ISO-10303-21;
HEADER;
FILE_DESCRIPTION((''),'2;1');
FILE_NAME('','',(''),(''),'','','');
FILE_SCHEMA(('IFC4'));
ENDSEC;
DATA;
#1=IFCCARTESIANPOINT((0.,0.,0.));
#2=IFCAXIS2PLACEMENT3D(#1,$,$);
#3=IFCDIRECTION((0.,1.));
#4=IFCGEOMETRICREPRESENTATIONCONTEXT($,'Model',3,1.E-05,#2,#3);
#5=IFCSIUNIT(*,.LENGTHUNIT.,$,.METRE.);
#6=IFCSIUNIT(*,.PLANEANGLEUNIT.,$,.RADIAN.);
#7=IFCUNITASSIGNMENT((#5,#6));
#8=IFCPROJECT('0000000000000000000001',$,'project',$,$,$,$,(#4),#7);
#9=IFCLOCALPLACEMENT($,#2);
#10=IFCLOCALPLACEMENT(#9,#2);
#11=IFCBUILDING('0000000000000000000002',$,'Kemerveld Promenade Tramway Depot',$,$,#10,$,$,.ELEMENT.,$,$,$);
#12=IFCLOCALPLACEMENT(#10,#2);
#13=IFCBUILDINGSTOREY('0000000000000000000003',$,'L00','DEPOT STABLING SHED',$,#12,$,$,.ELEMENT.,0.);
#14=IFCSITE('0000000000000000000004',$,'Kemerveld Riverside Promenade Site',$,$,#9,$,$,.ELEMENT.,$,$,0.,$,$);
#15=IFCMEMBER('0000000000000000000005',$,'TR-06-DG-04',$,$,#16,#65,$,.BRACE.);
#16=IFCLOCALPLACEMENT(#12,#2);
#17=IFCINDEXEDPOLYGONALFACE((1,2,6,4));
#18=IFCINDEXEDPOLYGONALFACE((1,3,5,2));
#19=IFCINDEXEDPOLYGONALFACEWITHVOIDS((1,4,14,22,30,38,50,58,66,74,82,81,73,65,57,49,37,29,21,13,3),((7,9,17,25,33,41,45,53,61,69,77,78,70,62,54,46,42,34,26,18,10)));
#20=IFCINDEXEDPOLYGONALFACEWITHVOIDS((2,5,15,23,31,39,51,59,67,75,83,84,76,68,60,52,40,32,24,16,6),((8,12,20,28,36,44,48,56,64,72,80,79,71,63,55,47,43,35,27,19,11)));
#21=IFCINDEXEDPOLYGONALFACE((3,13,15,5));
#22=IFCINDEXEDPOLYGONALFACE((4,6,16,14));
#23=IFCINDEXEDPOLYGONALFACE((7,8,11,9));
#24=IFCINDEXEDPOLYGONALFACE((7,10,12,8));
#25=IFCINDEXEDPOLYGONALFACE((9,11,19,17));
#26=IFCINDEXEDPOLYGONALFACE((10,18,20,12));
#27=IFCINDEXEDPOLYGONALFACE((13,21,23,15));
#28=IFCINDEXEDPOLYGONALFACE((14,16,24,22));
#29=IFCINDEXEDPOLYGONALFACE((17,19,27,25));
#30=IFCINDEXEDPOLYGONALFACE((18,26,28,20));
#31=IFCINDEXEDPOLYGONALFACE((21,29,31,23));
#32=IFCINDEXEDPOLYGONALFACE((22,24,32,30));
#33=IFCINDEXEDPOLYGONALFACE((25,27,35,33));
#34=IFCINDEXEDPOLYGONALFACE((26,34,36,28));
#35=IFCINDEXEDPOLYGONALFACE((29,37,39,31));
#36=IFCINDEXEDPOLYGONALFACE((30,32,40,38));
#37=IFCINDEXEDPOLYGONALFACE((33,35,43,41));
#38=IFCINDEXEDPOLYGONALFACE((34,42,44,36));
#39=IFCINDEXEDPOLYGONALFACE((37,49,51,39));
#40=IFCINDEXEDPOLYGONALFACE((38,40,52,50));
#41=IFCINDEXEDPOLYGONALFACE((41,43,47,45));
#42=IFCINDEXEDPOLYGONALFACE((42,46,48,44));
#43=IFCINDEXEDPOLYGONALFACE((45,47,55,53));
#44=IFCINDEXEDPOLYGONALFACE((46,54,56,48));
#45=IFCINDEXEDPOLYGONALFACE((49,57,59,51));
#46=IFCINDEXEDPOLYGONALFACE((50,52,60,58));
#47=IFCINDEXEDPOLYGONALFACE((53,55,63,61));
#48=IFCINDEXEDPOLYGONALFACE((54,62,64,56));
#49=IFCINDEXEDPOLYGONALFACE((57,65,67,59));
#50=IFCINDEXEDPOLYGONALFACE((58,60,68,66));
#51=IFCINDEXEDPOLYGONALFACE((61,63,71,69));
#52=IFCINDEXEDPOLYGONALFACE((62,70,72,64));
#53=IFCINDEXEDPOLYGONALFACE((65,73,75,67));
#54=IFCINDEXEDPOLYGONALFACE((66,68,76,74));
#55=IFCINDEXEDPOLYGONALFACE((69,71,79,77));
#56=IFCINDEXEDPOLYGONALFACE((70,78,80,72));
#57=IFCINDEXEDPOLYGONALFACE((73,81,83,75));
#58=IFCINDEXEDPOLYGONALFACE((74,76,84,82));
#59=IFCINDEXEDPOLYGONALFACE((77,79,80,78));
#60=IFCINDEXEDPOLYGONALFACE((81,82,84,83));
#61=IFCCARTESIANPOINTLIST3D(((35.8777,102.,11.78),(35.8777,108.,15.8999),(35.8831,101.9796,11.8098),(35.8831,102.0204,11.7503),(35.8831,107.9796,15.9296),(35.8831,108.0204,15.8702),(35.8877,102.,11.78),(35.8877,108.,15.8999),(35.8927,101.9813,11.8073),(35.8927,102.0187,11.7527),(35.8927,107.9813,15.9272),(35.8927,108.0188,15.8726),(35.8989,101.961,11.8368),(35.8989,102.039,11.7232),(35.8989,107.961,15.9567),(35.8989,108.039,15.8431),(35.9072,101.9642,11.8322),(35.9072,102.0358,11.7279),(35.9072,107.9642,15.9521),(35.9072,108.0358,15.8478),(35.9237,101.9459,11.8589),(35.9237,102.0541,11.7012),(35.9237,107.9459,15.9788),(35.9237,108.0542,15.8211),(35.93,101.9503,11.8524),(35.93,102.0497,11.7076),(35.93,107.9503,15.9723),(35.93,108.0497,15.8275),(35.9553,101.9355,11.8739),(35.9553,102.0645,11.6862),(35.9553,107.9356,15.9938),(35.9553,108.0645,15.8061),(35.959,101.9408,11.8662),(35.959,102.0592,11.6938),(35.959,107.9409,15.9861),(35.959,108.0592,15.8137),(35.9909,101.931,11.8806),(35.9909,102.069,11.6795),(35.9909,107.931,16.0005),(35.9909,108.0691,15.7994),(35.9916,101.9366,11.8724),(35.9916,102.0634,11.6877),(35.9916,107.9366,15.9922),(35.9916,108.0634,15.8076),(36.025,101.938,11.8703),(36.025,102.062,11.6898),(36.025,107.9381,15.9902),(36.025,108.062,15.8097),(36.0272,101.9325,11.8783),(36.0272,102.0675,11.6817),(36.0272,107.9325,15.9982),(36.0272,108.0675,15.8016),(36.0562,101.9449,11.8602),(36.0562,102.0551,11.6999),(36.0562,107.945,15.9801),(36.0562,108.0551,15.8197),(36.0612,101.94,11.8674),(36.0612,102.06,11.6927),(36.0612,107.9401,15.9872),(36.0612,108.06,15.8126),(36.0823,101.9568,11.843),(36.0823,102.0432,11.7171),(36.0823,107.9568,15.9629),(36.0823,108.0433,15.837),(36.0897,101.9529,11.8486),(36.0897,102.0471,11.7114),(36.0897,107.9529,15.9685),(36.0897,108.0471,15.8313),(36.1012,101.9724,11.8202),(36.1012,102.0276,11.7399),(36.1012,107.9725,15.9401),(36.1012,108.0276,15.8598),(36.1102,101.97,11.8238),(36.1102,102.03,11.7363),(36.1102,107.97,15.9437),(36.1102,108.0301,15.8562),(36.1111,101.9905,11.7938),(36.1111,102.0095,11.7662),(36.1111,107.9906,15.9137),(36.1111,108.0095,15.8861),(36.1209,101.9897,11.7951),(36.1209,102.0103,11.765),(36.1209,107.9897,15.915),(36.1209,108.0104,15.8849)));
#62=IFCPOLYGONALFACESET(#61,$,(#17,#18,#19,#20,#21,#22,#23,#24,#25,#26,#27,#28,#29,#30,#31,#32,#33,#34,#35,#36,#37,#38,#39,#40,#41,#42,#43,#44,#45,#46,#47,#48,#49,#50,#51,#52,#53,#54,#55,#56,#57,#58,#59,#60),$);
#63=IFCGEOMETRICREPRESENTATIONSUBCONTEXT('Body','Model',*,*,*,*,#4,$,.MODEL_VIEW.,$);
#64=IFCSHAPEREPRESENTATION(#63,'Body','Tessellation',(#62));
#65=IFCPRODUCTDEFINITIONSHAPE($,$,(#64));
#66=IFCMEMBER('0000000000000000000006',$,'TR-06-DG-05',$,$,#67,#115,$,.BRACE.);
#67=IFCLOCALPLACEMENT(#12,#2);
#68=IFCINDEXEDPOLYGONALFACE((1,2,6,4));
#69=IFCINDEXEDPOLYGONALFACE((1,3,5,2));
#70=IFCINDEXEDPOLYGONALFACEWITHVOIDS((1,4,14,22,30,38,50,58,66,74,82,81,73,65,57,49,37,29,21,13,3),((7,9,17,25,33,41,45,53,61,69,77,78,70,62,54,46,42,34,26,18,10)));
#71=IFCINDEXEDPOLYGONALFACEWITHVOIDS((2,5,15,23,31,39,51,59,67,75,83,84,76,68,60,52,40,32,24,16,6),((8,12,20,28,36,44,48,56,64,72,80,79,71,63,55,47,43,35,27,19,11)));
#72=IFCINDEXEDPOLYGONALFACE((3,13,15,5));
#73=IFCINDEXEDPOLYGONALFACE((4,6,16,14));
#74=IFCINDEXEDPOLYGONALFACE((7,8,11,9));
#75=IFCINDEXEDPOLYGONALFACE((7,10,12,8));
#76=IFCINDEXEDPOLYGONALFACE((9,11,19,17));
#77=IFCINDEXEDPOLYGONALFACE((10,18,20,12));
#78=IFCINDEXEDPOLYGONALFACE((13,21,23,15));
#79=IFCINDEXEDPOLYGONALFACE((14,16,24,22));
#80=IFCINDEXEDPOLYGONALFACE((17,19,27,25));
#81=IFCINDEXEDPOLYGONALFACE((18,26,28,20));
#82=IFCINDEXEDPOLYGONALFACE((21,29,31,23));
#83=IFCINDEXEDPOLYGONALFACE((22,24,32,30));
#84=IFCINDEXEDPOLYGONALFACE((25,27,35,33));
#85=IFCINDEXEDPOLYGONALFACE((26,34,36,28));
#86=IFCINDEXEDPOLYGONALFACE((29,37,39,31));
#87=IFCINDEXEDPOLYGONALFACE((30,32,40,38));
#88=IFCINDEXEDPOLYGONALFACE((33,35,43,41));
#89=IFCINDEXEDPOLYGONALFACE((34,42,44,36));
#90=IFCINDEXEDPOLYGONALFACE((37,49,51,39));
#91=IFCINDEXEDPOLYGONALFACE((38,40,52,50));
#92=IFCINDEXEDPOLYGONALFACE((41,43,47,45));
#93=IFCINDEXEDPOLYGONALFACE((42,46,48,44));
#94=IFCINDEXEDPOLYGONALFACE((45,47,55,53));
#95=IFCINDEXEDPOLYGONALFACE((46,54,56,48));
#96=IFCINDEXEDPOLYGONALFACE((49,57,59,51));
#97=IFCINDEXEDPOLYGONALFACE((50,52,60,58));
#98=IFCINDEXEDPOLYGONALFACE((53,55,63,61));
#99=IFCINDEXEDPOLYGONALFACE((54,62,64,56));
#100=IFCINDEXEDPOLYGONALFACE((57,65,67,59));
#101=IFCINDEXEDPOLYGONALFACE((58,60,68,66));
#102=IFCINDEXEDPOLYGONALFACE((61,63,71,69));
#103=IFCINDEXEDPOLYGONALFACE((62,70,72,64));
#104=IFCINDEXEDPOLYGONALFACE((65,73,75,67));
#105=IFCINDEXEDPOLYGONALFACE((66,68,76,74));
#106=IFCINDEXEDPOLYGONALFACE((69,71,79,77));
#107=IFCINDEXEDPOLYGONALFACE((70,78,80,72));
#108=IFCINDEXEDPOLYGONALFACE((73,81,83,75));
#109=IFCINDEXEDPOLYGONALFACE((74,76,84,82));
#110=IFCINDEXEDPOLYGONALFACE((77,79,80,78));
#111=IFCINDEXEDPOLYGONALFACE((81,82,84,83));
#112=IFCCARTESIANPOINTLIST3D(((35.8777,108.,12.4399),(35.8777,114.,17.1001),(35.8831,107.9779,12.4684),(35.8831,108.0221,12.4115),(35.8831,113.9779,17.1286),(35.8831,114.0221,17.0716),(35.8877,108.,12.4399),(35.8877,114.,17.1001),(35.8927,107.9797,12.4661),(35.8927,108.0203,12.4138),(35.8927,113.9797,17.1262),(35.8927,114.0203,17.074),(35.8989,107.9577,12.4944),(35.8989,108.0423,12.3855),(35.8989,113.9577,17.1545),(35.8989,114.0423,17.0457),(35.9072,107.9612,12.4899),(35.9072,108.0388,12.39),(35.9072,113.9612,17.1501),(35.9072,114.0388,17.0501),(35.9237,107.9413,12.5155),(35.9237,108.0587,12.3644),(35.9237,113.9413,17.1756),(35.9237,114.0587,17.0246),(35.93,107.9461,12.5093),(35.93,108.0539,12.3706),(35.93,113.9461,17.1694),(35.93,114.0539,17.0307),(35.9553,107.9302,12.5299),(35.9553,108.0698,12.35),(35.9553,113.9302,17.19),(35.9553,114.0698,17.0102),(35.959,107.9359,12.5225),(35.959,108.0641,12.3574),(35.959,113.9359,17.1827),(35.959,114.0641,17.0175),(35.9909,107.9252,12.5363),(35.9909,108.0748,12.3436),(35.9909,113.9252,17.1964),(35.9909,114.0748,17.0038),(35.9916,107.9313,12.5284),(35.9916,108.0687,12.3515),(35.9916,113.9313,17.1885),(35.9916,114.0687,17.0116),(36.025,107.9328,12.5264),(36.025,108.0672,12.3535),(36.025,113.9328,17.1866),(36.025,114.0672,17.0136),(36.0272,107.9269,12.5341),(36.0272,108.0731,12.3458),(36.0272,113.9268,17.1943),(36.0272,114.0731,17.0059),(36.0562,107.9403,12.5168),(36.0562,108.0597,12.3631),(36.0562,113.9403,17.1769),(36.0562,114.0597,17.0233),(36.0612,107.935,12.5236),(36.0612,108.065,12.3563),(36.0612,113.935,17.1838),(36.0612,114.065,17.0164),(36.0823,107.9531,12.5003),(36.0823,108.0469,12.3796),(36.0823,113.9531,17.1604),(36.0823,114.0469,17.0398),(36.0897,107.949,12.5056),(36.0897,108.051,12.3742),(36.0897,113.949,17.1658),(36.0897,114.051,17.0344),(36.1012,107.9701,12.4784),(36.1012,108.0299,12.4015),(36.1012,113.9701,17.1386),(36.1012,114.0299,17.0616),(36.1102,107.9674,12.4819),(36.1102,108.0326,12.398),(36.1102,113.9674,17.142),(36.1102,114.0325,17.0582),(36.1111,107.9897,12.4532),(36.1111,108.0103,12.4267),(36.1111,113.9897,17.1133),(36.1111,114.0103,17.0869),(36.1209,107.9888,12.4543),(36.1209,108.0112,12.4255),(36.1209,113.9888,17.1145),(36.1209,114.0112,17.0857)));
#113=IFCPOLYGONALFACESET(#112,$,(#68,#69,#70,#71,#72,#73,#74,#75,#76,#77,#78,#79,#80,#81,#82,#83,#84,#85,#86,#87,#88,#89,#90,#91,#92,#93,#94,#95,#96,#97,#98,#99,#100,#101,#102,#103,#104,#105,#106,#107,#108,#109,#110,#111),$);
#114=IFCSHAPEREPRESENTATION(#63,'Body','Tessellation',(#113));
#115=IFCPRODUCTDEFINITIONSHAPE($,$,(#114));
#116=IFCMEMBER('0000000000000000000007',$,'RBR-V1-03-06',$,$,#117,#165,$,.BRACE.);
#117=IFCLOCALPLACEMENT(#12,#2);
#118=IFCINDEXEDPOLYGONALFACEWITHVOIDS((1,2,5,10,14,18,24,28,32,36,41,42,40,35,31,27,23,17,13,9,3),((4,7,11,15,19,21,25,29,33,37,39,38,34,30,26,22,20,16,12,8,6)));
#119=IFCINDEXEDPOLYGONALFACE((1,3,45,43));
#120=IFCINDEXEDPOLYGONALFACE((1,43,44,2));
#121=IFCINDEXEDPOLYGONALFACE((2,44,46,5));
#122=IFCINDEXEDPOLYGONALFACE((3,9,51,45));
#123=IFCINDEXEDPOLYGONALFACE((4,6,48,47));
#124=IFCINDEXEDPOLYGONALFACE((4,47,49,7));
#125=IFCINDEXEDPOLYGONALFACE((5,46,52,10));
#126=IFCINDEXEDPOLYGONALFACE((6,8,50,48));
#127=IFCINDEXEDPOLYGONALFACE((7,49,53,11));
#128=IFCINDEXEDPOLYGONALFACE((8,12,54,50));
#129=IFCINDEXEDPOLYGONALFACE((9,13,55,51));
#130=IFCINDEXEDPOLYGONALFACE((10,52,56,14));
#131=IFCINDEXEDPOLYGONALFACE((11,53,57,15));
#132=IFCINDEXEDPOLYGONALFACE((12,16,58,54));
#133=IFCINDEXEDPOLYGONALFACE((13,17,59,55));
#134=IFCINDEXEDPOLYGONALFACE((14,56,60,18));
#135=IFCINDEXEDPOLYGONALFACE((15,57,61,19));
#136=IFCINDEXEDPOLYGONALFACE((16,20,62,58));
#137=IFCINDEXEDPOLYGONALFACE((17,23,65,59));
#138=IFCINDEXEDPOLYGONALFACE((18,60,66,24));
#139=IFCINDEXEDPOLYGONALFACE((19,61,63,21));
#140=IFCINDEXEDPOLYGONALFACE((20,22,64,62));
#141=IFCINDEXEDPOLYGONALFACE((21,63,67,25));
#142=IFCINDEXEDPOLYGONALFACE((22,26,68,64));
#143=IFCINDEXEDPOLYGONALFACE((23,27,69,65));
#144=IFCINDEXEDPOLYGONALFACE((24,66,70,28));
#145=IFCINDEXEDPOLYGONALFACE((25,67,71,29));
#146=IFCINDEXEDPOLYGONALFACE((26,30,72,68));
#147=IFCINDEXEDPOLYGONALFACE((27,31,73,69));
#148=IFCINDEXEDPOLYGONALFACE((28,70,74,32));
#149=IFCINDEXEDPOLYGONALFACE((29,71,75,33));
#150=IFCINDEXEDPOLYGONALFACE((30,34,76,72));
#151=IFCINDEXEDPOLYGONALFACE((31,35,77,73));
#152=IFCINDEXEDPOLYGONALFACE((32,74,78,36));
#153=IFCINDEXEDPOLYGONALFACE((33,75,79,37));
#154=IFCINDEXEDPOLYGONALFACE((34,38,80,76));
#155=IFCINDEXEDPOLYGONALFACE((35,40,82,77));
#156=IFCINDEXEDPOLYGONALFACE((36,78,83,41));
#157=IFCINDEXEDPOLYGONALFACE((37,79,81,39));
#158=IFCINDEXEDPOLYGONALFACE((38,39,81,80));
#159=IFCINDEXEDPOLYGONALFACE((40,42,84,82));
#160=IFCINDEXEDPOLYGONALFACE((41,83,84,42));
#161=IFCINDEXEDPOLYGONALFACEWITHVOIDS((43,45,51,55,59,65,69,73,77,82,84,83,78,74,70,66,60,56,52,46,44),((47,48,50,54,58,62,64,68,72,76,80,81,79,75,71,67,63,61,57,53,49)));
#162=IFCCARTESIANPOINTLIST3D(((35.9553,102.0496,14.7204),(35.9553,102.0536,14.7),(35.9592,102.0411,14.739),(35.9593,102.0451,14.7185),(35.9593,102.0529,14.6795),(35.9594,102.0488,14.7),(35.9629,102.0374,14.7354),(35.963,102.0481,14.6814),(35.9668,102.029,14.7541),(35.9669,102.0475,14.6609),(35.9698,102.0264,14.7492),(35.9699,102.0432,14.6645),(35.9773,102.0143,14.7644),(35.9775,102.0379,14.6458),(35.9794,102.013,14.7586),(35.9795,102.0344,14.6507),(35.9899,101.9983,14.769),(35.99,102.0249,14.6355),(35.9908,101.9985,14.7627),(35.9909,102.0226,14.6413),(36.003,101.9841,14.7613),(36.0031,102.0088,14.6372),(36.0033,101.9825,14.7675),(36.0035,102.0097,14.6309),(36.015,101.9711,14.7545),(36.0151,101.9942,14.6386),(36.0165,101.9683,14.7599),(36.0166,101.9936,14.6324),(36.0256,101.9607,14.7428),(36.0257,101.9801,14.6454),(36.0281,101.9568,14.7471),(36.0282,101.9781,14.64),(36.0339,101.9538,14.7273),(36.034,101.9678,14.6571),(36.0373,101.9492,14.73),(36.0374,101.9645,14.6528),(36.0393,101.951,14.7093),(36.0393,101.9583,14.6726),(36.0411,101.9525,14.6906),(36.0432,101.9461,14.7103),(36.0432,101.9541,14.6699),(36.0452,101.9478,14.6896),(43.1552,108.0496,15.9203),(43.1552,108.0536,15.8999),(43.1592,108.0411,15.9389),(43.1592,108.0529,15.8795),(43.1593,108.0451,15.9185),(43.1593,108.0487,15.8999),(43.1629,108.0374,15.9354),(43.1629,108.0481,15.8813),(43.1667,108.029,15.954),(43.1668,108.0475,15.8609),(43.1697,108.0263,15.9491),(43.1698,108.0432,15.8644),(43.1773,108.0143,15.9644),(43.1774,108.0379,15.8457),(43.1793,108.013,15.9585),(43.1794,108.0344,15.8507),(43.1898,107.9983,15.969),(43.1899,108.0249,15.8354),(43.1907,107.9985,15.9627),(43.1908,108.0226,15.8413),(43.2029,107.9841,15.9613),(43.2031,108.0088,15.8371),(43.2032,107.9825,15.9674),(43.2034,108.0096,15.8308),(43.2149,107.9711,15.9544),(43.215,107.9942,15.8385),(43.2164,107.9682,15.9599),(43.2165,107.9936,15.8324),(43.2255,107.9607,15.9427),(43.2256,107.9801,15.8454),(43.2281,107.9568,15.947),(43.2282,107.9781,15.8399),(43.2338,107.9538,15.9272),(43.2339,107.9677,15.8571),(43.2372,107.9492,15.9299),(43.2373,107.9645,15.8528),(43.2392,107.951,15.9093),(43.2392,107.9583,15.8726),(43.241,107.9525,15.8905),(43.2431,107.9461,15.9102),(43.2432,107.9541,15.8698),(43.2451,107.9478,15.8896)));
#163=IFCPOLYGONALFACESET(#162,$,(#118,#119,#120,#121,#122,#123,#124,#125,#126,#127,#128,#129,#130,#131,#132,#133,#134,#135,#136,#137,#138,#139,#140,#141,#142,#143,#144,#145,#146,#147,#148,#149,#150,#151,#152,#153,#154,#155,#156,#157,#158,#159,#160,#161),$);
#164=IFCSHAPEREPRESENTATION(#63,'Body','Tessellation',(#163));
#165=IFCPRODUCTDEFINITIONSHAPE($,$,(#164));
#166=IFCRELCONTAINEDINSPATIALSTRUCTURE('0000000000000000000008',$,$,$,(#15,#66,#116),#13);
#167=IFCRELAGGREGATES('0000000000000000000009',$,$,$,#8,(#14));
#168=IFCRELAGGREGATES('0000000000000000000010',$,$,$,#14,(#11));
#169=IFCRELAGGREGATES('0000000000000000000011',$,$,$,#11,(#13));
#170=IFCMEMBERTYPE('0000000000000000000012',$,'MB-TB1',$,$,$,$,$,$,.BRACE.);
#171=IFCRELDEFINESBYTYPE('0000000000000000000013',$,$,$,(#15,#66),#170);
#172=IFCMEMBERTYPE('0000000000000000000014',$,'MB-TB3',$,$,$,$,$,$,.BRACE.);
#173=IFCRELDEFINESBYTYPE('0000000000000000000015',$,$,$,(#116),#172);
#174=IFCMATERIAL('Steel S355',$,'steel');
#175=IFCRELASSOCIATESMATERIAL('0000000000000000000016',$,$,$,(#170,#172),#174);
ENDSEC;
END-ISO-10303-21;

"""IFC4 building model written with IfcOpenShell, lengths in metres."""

from ifc_helpers import new_model, si_unit, direction, frame, origin, origin_2d, place, context, subcontext, project, spatial, hollow_circle, extrude, material, material_profile, profile_set, type_object, element, save


model = new_model("IFC4")

# Units and contexts
model_context = context("Model", 3, precision=1e-05, world=origin(), true_north=direction((0.0, 1.0)))
body_context = subcontext(model_context, "Body", "Model", "MODEL_VIEW")
ifc_project = project(units=[si_unit("LENGTHUNIT", "METRE"), si_unit("PLANEANGLEUNIT", "RADIAN")], contexts=[model_context])

# Site, building, storey
site_placement = place(None, origin())
site = spatial("IfcSite", under=ifc_project, at=site_placement, Name="Kemerveld Riverside Promenade Site", CompositionType="ELEMENT", RefElevation=0.0)
building_placement = place(site_placement, origin())
building = spatial("IfcBuilding", under=site, at=building_placement, Name="Kemerveld Promenade Tramway Depot", CompositionType="ELEMENT")
storey_placement = place(building_placement, origin())
storey = spatial("IfcBuildingStorey", under=building, at=storey_placement, Name="L00", Description="DEPOT STABLING SHED", CompositionType="ELEMENT", Elevation=0.0)

# Shared definitions
ifc_material_1 = material(Name="Steel S355", Category="steel")

# Members
ifc_material_profile_1 = material_profile(ifc_material_1, hollow_circle(Radius=0.1223, WallThickness=0.01, at=origin_2d()), Name="244.5x10.0 CHS")
ifc_profile_set_1 = profile_set([ifc_material_profile_1], Name="Steel S355")
member_type_1 = type_object("IfcMemberType", Name="MB-TB1", PredefinedType="BRACE", material=ifc_profile_set_1)
member_1_placement = place(storey_placement, frame((36.0, 102.0, 11.78), z_axis=(0.0, 0.824371, 0.56605), x_axis=(-1.0, 0.0, 0.0)))
element("IfcMember", 1, at=member_1_placement, inside=storey, type_object=member_type_1, Name="TR-06-DG-04", PredefinedType="BRACE", context=body_context, shape_type="SweptSolid", body=[
    extrude(hollow_circle(Radius=0.1223, WallThickness=0.01, at=origin_2d()), origin(), (0.0, 0.0, 1.0), 7.2783),
])
member_2_placement = place(storey_placement, frame((36.0, 108.0, 12.4399), z_axis=(0.0, 0.789767, 0.613407), x_axis=(-1.0, 0.0, 0.0)))
element("IfcMember", 2, at=member_2_placement, inside=storey, type_object=member_type_1, Name="TR-06-DG-05", PredefinedType="BRACE", context=body_context, shape_type="SweptSolid", body=[
    extrude(hollow_circle(Radius=0.1223, WallThickness=0.01, at=origin_2d()), origin(), (0.0, 0.0, 1.0), 7.5972),
])
ifc_material_profile_2 = material_profile(ifc_material_1, hollow_circle(Radius=0.0698, WallThickness=0.0063, at=origin_2d()), Name="139.7x6.3 CHS")
ifc_profile_set_2 = profile_set([ifc_material_profile_2], Name="Steel S355")
member_type_2 = type_object("IfcMemberType", Name="MB-TB3", PredefinedType="BRACE", material=ifc_profile_set_2)
for number, where, z_axis, x_axis, name in (
    (3, (36.0, 102.0, 14.7), (0.761999, 0.635004, 0.126996), (-0.640187, 0.768219, 0.0), "RBR-V1-03-06"),
):
    element("IfcMember", number, at=place(storey_placement, frame(where, z_axis=z_axis, x_axis=x_axis)), inside=storey, type_object=member_type_2, Name=name, PredefinedType="BRACE", context=body_context, shape_type="SweptSolid", body=[
        extrude(hollow_circle(Radius=0.0698, WallThickness=0.0063, at=origin_2d()), origin(), (0.0, 0.0, 1.0), 9.4487),
    ])

save(model, "model.ifc")
